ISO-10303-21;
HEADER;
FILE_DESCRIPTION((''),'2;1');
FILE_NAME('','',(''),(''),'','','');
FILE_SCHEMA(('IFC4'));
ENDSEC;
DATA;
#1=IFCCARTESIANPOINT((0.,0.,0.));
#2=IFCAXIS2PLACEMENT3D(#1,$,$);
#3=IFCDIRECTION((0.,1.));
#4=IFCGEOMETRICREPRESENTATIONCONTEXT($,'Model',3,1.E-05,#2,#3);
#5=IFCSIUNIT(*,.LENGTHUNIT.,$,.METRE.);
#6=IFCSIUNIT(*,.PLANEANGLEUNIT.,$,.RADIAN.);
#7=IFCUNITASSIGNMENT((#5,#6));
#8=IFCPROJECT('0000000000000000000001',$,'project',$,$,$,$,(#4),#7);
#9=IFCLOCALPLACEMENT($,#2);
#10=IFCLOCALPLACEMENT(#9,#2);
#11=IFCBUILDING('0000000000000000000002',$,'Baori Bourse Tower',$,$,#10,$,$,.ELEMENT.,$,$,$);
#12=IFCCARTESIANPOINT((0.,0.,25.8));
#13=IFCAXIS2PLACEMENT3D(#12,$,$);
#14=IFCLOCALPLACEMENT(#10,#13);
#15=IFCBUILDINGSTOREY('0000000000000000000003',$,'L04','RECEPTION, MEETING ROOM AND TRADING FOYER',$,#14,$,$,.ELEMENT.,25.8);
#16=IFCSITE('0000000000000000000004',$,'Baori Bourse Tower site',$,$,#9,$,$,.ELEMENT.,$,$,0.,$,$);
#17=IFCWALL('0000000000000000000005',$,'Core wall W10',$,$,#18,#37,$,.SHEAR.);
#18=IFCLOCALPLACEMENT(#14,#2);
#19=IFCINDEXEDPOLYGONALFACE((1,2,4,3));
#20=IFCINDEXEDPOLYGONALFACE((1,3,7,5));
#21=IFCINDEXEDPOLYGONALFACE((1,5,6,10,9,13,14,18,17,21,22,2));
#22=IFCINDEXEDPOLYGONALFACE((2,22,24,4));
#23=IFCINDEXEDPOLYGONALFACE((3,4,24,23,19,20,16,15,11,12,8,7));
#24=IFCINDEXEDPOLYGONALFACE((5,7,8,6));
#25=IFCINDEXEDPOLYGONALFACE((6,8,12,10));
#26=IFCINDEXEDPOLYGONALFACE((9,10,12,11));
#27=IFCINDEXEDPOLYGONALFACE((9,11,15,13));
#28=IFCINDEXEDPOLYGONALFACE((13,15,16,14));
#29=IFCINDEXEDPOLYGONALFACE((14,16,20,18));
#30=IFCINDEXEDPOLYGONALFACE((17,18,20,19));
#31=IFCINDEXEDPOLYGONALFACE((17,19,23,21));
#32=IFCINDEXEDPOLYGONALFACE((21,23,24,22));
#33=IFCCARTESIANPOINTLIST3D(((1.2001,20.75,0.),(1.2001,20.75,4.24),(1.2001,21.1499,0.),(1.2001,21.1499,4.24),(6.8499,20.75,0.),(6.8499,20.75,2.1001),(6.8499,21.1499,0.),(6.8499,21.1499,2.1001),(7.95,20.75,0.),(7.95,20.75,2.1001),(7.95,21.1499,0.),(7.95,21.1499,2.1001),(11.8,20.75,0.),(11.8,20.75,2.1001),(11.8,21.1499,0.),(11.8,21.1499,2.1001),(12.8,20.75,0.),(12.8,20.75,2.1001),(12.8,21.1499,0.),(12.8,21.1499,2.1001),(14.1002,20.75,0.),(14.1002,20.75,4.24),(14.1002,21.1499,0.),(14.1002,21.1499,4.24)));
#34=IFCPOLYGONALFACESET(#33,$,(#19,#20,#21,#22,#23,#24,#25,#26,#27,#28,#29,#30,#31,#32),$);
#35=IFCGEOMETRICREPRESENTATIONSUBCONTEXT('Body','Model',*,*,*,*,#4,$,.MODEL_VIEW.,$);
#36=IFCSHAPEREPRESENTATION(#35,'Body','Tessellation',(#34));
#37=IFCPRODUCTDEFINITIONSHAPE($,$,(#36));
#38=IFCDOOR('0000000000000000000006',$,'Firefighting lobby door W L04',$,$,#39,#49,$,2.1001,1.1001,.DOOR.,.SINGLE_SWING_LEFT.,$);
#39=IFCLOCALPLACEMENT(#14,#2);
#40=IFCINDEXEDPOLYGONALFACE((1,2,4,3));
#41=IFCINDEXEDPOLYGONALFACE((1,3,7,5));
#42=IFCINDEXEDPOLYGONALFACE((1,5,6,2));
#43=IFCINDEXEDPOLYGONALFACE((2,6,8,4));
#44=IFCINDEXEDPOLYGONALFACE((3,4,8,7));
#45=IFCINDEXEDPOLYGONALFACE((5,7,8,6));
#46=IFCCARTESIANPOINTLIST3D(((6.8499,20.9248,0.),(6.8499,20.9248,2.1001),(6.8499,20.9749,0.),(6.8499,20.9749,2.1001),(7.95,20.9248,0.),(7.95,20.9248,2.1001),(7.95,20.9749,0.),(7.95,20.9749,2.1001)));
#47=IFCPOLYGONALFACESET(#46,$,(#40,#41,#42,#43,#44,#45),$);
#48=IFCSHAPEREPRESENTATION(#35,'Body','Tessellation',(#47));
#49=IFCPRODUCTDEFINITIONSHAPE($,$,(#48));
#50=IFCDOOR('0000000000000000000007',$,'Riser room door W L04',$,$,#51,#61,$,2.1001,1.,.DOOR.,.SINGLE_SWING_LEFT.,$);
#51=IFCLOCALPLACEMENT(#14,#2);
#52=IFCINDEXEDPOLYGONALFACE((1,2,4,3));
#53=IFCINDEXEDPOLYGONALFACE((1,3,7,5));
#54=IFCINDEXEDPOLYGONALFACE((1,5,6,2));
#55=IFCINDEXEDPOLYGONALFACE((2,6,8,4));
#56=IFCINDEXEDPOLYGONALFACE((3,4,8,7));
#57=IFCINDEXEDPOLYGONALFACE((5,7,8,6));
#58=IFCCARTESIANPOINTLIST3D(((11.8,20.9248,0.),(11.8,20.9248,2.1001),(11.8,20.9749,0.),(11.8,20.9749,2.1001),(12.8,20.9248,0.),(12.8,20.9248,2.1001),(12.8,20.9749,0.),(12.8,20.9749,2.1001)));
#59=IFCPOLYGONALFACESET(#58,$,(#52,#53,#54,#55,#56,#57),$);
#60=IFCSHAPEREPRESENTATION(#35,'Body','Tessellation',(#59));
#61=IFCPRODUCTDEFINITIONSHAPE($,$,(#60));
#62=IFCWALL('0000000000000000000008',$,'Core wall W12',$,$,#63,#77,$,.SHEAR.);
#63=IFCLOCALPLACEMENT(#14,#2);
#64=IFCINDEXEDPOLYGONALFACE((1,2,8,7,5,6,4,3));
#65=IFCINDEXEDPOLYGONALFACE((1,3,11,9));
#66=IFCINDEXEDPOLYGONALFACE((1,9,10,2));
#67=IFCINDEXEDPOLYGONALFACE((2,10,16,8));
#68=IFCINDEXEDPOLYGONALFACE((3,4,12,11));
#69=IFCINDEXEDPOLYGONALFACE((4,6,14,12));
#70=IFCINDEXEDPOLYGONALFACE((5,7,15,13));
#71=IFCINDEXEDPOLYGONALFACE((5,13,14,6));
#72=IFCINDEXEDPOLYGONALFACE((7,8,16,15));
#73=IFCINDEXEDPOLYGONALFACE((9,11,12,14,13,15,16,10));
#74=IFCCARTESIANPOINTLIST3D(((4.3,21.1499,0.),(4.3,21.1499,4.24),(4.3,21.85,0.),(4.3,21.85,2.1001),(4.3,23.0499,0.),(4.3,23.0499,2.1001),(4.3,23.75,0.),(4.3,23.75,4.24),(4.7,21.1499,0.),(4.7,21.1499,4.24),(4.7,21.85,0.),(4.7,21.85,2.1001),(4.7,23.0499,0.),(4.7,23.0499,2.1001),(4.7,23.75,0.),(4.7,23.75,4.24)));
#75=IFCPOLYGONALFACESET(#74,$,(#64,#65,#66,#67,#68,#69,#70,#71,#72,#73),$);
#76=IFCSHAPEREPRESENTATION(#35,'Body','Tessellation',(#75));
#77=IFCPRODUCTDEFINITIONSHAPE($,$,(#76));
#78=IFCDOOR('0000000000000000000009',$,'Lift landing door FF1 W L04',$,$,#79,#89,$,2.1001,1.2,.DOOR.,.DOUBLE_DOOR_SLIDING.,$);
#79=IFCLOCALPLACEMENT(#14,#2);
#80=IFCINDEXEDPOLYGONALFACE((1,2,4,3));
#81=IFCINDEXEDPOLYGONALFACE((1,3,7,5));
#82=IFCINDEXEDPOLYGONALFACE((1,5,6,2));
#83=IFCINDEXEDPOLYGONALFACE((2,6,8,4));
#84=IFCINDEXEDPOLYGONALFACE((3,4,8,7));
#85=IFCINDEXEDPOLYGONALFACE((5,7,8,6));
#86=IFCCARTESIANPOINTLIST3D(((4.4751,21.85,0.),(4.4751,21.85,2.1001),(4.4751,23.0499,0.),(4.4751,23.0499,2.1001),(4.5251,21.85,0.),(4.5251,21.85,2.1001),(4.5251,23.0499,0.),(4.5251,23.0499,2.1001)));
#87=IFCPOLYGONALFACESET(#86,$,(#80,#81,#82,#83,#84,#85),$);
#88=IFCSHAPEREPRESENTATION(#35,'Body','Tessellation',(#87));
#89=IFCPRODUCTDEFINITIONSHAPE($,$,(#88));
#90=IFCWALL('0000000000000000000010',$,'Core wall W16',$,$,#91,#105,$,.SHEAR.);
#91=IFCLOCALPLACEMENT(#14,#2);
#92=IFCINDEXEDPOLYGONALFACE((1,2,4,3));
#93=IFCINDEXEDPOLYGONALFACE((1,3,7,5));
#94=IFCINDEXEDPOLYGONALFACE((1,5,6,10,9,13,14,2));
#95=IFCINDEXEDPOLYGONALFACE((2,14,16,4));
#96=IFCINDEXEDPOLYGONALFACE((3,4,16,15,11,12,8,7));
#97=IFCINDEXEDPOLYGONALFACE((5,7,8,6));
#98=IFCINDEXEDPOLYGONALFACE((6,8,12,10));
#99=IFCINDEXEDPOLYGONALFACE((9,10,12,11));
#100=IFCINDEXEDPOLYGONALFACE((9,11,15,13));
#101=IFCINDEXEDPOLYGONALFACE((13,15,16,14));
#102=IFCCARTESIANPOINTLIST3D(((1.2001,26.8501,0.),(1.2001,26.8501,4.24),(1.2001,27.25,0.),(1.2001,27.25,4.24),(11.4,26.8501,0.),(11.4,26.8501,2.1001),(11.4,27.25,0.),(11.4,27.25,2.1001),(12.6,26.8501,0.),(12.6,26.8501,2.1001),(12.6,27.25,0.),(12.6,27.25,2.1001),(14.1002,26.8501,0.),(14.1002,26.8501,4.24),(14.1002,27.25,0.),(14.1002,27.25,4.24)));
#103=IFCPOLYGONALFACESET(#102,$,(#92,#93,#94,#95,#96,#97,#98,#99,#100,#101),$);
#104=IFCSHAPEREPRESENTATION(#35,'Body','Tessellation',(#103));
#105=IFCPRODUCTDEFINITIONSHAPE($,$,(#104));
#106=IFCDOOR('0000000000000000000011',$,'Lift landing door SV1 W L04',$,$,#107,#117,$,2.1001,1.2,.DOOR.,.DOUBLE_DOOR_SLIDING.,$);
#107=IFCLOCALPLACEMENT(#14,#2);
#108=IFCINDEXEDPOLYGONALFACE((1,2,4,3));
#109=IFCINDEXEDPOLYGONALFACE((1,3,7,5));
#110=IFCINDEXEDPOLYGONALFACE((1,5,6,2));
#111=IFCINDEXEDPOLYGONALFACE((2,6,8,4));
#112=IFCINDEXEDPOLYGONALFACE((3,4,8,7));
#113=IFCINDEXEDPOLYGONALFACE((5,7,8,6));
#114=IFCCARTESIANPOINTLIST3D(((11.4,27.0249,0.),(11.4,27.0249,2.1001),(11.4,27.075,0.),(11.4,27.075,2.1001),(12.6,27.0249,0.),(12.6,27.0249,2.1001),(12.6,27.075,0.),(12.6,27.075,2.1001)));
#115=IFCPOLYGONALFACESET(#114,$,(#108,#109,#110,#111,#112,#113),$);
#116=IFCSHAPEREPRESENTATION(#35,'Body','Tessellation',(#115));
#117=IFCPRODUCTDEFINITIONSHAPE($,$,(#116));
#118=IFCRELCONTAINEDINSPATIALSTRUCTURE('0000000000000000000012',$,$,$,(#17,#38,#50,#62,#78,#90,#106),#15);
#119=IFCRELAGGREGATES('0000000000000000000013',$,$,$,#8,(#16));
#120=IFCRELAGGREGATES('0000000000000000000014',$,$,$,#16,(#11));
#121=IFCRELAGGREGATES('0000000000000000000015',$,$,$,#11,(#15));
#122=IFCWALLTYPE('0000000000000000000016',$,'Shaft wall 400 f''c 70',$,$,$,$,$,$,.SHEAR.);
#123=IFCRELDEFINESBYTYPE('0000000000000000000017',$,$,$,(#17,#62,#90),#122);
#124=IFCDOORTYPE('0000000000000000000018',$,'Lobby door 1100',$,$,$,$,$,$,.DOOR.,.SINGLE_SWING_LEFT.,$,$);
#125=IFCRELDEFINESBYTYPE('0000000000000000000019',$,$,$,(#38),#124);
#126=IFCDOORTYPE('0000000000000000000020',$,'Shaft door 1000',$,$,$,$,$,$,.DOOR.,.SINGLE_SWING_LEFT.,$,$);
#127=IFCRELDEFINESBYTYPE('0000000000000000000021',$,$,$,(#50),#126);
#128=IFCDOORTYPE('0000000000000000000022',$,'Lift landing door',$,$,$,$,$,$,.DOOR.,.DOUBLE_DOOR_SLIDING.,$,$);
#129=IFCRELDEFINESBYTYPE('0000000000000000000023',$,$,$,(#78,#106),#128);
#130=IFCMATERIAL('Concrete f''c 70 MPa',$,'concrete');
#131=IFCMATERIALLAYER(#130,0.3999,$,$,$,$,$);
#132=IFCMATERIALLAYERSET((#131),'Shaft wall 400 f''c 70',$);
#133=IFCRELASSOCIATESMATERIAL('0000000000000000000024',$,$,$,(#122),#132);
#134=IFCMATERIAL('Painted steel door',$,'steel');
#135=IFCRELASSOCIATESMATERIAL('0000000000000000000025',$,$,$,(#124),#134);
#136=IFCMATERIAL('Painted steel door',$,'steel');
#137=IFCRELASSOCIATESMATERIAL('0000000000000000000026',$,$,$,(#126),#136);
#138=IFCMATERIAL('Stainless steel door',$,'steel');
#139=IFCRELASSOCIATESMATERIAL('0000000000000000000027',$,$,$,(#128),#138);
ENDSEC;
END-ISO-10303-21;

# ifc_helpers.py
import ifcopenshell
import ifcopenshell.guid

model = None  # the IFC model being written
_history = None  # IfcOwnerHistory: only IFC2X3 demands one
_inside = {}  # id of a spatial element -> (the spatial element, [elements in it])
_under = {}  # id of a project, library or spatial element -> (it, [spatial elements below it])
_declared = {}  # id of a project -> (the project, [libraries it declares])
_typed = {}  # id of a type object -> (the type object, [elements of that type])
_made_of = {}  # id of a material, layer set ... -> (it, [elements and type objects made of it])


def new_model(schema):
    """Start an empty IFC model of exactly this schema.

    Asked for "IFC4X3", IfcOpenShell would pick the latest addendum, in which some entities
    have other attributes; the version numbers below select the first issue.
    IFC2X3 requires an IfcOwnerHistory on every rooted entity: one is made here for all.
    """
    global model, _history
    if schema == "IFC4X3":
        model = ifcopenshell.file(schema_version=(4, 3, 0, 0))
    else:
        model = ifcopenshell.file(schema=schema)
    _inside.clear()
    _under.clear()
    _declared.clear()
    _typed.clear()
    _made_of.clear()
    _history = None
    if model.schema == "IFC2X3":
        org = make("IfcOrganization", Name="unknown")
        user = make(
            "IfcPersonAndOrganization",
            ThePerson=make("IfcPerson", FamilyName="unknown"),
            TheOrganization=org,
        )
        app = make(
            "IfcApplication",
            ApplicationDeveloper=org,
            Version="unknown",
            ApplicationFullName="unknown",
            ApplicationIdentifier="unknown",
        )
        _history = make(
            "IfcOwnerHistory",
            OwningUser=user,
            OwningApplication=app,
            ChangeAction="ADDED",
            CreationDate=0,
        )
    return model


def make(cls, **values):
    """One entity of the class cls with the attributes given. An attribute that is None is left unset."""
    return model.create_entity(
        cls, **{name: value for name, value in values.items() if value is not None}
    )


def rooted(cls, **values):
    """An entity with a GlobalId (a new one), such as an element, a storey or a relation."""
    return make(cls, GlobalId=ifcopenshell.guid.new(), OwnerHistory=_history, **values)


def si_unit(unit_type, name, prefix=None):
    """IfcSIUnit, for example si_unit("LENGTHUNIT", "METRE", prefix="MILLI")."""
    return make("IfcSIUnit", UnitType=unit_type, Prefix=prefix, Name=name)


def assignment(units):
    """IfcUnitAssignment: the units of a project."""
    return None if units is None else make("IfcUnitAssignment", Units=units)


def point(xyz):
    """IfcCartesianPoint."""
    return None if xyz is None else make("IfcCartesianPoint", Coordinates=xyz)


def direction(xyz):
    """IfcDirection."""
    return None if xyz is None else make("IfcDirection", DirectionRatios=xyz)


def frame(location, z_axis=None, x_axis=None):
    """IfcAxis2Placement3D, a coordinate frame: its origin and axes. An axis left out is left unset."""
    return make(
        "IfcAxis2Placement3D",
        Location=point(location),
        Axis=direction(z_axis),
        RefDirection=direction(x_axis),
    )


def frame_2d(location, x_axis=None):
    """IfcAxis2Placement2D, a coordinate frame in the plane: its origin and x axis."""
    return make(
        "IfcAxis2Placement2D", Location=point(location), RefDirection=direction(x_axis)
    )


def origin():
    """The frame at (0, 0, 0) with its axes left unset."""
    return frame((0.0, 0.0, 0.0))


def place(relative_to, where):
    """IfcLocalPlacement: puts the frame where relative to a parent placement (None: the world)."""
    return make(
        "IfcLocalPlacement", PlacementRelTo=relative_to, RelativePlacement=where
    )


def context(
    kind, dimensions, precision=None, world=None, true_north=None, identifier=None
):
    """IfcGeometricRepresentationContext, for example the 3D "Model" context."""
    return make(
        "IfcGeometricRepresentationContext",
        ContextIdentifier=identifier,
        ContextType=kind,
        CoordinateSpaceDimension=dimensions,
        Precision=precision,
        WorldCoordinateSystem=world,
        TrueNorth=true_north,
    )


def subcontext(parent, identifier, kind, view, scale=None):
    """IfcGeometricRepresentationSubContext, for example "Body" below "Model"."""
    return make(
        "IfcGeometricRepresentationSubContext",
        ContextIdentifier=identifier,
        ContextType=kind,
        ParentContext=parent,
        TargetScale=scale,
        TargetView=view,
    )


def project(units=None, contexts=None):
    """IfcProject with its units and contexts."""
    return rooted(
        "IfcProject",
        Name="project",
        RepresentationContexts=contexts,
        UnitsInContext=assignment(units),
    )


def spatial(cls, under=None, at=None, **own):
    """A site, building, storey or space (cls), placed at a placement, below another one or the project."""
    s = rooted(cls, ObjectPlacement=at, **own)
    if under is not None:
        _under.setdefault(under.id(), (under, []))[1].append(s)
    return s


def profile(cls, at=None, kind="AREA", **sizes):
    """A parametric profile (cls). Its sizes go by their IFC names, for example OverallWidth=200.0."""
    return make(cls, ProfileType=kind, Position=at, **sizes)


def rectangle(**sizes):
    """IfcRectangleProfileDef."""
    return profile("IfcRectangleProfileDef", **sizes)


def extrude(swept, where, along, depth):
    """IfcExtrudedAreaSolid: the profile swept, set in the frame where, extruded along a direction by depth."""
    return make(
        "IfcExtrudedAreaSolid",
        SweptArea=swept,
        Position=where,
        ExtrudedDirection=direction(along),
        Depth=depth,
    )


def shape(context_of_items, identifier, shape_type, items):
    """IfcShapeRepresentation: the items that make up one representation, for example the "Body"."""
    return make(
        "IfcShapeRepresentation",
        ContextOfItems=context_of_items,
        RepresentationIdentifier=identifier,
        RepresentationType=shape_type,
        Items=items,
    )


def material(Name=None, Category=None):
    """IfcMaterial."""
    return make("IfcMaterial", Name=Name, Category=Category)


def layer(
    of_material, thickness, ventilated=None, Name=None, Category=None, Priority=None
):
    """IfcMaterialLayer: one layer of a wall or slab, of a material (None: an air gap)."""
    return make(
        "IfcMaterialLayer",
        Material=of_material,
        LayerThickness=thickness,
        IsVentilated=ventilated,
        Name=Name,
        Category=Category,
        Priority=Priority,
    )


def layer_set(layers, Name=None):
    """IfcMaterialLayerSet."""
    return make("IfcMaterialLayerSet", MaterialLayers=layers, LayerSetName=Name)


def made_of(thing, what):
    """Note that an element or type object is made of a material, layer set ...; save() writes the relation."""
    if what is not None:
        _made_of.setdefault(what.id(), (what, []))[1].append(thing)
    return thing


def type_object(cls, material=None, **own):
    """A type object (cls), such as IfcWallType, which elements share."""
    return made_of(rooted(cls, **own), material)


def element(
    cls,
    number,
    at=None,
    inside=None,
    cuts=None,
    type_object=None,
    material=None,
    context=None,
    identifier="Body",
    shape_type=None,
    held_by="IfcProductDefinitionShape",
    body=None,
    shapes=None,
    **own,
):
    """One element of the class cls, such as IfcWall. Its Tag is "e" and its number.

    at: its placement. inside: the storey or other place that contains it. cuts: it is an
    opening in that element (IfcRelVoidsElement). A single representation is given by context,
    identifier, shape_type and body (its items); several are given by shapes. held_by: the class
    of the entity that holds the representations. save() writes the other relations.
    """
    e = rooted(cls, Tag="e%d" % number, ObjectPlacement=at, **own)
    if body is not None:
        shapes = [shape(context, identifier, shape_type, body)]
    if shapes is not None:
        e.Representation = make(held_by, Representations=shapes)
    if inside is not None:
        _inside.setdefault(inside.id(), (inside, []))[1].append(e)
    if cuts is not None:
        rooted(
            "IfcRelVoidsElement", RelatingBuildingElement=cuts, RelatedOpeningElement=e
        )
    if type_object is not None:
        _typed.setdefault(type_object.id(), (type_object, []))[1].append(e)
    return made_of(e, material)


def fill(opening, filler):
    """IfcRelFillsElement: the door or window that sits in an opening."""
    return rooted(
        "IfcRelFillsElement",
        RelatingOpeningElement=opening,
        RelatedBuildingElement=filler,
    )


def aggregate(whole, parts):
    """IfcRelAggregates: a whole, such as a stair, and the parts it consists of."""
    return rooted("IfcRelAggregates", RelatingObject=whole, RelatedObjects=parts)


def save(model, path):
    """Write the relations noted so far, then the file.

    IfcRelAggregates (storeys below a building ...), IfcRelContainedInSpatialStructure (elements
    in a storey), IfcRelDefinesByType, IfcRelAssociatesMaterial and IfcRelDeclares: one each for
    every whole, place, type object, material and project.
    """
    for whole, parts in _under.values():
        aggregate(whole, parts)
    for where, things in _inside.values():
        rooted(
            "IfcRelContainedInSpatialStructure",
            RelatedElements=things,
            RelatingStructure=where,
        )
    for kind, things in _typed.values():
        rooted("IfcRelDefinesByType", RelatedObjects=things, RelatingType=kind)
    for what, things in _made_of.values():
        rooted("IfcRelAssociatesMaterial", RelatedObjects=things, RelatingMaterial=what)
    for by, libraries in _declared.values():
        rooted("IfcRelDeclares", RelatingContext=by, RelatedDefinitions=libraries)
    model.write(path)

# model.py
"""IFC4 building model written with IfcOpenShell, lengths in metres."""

from ifc_helpers import new_model, si_unit, direction, frame, frame_2d, origin, place, context, subcontext, project, spatial, rectangle, extrude, material, layer, layer_set, type_object, element, fill, save


model = new_model("IFC4")

# Units and contexts
model_context = context("Model", 3, precision=1e-05, world=origin(), true_north=direction((0.0, 1.0)))
body_context = subcontext(model_context, "Body", "Model", "MODEL_VIEW")
ifc_project = project(units=[si_unit("LENGTHUNIT", "METRE"), si_unit("PLANEANGLEUNIT", "RADIAN")], contexts=[model_context])

# Site, building, storey
site_placement = place(None, origin())
site = spatial("IfcSite", under=ifc_project, at=site_placement, Name="Baori Bourse Tower site", CompositionType="ELEMENT", RefElevation=0.0)
building_placement = place(site_placement, origin())
building = spatial("IfcBuilding", under=site, at=building_placement, Name="Baori Bourse Tower", CompositionType="ELEMENT")
storey_placement = place(building_placement, frame((0.0, 0.0, 25.8)))
storey = spatial("IfcBuildingStorey", under=building, at=storey_placement, Name="L04", Description="RECEPTION, MEETING ROOM AND TRADING FOYER", CompositionType="ELEMENT", Elevation=25.8)

# Wall, openings, doors
ifc_material_1 = material(Name="Concrete f'c 70 MPa", Category="concrete")
ifc_layer_1 = layer(ifc_material_1, 0.3999)
ifc_layer_set_1 = layer_set([ifc_layer_1], Name="Shaft wall 400 f'c 70")
wall_type_1 = type_object("IfcWallType", Name="Shaft wall 400 f'c 70", PredefinedType="SHEAR", material=ifc_layer_set_1)
wall_1_placement = place(storey_placement, frame((1.2, 20.95, 0.0), z_axis=(0.0, 0.0, 1.0), x_axis=(1.0, 0.0, 0.0)))
wall_1 = element("IfcWall", 1, at=wall_1_placement, inside=storey, type_object=wall_type_1, Name="Core wall W10", PredefinedType="SHEAR", context=body_context, shape_type="SweptSolid", body=[
    extrude(rectangle(XDim=12.9001, YDim=0.3999, at=frame_2d((6.4502, 0.0))), origin(), (0.0, 0.0, 1.0), 4.24),
])
opening_1_placement = place(wall_1_placement, frame((5.6499, 0.0, 0.0)))
opening_1 = element("IfcOpeningElement", 2, at=opening_1_placement, cuts=wall_1, PredefinedType="OPENING", context=body_context, shape_type="SweptSolid", body=[
    extrude(rectangle(XDim=1.1001, YDim=2.1001, at=frame_2d((0.55, 1.05))), frame((0.0, 0.21, 0.0), z_axis=(0.0, -1.0, 0.0), x_axis=(1.0, 0.0, 0.0)), (0.0, 0.0, 1.0), 0.4199),
])
opening_2_placement = place(wall_1_placement, frame((10.6001, 0.0, 0.0)))
opening_2 = element("IfcOpeningElement", 3, at=opening_2_placement, cuts=wall_1, PredefinedType="OPENING", context=body_context, shape_type="SweptSolid", body=[
    extrude(rectangle(XDim=1.0, YDim=2.1001, at=frame_2d((0.5, 1.05))), frame((0.0, 0.21, 0.0), z_axis=(0.0, -1.0, 0.0), x_axis=(1.0, 0.0, 0.0)), (0.0, 0.0, 1.0), 0.4199),
])
ifc_material_2 = material(Name="Painted steel door", Category="steel")
door_type_1 = type_object("IfcDoorType", Name="Lobby door 1100", OperationType="SINGLE_SWING_LEFT", PredefinedType="DOOR", material=ifc_material_2)
door_1_placement = place(opening_1_placement, origin())
door_1 = element("IfcDoor", 4, at=door_1_placement, inside=storey, type_object=door_type_1, Name="Firefighting lobby door W L04", OperationType="SINGLE_SWING_LEFT", OverallHeight=2.1001, OverallWidth=1.1001, PredefinedType="DOOR", context=body_context, shape_type="SweptSolid", body=[
    extrude(rectangle(XDim=1.1001, YDim=2.1001, at=frame_2d((0.55, 1.05))), frame((0.0, 0.0249, 0.0), z_axis=(0.0, -1.0, 0.0), x_axis=(1.0, 0.0, 0.0)), (0.0, 0.0, 1.0), 0.05),
])
fill(opening_1, door_1)
ifc_material_3 = material(Name="Painted steel door", Category="steel")
door_type_2 = type_object("IfcDoorType", Name="Shaft door 1000", OperationType="SINGLE_SWING_LEFT", PredefinedType="DOOR", material=ifc_material_3)
door_2_placement = place(opening_2_placement, origin())
door_2 = element("IfcDoor", 5, at=door_2_placement, inside=storey, type_object=door_type_2, Name="Riser room door W L04", OperationType="SINGLE_SWING_LEFT", OverallHeight=2.1001, OverallWidth=1.0, PredefinedType="DOOR", context=body_context, shape_type="SweptSolid", body=[
    extrude(rectangle(XDim=1.0, YDim=2.1001, at=frame_2d((0.5, 1.05))), frame((0.0, 0.0249, 0.0), z_axis=(0.0, -1.0, 0.0), x_axis=(1.0, 0.0, 0.0)), (0.0, 0.0, 1.0), 0.05),
])
fill(opening_2, door_2)

# Walls, openings, doors
wall_2_placement = place(storey_placement, frame((4.5, 21.1499, 0.0), z_axis=(0.0, 0.0, 1.0), x_axis=(0.0, 1.0, 0.0)))
wall_2 = element("IfcWall", 6, at=wall_2_placement, inside=storey, type_object=wall_type_1, Name="Core wall W12", PredefinedType="SHEAR", context=body_context, shape_type="SweptSolid", body=[
    extrude(rectangle(XDim=2.6001, YDim=0.3999, at=frame_2d((1.3, 0.0))), origin(), (0.0, 0.0, 1.0), 4.24),
])
opening_3_placement = place(wall_2_placement, frame((0.7, 0.0, 0.0)))
opening_3 = element("IfcOpeningElement", 7, at=opening_3_placement, cuts=wall_2, PredefinedType="OPENING", context=body_context, shape_type="SweptSolid", body=[
    extrude(rectangle(XDim=1.2, YDim=2.1001, at=frame_2d((0.6001, 1.05))), frame((0.0, 0.21, 0.0), z_axis=(0.0, -1.0, 0.0), x_axis=(1.0, 0.0, 0.0)), (0.0, 0.0, 1.0), 0.4199),
])
ifc_material_4 = material(Name="Stainless steel door", Category="steel")
door_type_3 = type_object("IfcDoorType", Name="Lift landing door", OperationType="DOUBLE_DOOR_SLIDING", PredefinedType="DOOR", material=ifc_material_4)
door_3_placement = place(opening_3_placement, origin())
door_3 = element("IfcDoor", 8, at=door_3_placement, inside=storey, type_object=door_type_3, Name="Lift landing door FF1 W L04", OperationType="DOUBLE_DOOR_SLIDING", OverallHeight=2.1001, OverallWidth=1.2, PredefinedType="DOOR", context=body_context, shape_type="SweptSolid", body=[
    extrude(rectangle(XDim=1.2, YDim=2.1001, at=frame_2d((0.6001, 1.05))), frame((0.0, 0.0249, 0.0), z_axis=(0.0, -1.0, 0.0), x_axis=(1.0, 0.0, 0.0)), (0.0, 0.0, 1.0), 0.05),
])
fill(opening_3, door_3)
wall_3_placement = place(storey_placement, frame((1.2, 27.05, 0.0), z_axis=(0.0, 0.0, 1.0), x_axis=(1.0, 0.0, 0.0)))
wall_3 = element("IfcWall", 9, at=wall_3_placement, inside=storey, type_object=wall_type_1, Name="Core wall W16", PredefinedType="SHEAR", context=body_context, shape_type="SweptSolid", body=[
    extrude(rectangle(XDim=12.9001, YDim=0.3999, at=frame_2d((6.4502, 0.0))), origin(), (0.0, 0.0, 1.0), 4.24),
])
opening_4_placement = place(wall_3_placement, frame((10.2, 0.0, 0.0)))
opening_4 = element("IfcOpeningElement", 10, at=opening_4_placement, cuts=wall_3, PredefinedType="OPENING", context=body_context, shape_type="SweptSolid", body=[
    extrude(rectangle(XDim=1.2, YDim=2.1001, at=frame_2d((0.6001, 1.05))), frame((0.0, 0.21, 0.0), z_axis=(0.0, -1.0, 0.0), x_axis=(1.0, 0.0, 0.0)), (0.0, 0.0, 1.0), 0.4199),
])
door_4_placement = place(opening_4_placement, origin())
door_4 = element("IfcDoor", 11, at=door_4_placement, inside=storey, type_object=door_type_3, Name="Lift landing door SV1 W L04", OperationType="DOUBLE_DOOR_SLIDING", OverallHeight=2.1001, OverallWidth=1.2, PredefinedType="DOOR", context=body_context, shape_type="SweptSolid", body=[
    extrude(rectangle(XDim=1.2, YDim=2.1001, at=frame_2d((0.6001, 1.05))), frame((0.0, 0.0249, 0.0), z_axis=(0.0, -1.0, 0.0), x_axis=(1.0, 0.0, 0.0)), (0.0, 0.0, 1.0), 0.05),
])
fill(opening_4, door_4)

save(model, "model.ifc")
